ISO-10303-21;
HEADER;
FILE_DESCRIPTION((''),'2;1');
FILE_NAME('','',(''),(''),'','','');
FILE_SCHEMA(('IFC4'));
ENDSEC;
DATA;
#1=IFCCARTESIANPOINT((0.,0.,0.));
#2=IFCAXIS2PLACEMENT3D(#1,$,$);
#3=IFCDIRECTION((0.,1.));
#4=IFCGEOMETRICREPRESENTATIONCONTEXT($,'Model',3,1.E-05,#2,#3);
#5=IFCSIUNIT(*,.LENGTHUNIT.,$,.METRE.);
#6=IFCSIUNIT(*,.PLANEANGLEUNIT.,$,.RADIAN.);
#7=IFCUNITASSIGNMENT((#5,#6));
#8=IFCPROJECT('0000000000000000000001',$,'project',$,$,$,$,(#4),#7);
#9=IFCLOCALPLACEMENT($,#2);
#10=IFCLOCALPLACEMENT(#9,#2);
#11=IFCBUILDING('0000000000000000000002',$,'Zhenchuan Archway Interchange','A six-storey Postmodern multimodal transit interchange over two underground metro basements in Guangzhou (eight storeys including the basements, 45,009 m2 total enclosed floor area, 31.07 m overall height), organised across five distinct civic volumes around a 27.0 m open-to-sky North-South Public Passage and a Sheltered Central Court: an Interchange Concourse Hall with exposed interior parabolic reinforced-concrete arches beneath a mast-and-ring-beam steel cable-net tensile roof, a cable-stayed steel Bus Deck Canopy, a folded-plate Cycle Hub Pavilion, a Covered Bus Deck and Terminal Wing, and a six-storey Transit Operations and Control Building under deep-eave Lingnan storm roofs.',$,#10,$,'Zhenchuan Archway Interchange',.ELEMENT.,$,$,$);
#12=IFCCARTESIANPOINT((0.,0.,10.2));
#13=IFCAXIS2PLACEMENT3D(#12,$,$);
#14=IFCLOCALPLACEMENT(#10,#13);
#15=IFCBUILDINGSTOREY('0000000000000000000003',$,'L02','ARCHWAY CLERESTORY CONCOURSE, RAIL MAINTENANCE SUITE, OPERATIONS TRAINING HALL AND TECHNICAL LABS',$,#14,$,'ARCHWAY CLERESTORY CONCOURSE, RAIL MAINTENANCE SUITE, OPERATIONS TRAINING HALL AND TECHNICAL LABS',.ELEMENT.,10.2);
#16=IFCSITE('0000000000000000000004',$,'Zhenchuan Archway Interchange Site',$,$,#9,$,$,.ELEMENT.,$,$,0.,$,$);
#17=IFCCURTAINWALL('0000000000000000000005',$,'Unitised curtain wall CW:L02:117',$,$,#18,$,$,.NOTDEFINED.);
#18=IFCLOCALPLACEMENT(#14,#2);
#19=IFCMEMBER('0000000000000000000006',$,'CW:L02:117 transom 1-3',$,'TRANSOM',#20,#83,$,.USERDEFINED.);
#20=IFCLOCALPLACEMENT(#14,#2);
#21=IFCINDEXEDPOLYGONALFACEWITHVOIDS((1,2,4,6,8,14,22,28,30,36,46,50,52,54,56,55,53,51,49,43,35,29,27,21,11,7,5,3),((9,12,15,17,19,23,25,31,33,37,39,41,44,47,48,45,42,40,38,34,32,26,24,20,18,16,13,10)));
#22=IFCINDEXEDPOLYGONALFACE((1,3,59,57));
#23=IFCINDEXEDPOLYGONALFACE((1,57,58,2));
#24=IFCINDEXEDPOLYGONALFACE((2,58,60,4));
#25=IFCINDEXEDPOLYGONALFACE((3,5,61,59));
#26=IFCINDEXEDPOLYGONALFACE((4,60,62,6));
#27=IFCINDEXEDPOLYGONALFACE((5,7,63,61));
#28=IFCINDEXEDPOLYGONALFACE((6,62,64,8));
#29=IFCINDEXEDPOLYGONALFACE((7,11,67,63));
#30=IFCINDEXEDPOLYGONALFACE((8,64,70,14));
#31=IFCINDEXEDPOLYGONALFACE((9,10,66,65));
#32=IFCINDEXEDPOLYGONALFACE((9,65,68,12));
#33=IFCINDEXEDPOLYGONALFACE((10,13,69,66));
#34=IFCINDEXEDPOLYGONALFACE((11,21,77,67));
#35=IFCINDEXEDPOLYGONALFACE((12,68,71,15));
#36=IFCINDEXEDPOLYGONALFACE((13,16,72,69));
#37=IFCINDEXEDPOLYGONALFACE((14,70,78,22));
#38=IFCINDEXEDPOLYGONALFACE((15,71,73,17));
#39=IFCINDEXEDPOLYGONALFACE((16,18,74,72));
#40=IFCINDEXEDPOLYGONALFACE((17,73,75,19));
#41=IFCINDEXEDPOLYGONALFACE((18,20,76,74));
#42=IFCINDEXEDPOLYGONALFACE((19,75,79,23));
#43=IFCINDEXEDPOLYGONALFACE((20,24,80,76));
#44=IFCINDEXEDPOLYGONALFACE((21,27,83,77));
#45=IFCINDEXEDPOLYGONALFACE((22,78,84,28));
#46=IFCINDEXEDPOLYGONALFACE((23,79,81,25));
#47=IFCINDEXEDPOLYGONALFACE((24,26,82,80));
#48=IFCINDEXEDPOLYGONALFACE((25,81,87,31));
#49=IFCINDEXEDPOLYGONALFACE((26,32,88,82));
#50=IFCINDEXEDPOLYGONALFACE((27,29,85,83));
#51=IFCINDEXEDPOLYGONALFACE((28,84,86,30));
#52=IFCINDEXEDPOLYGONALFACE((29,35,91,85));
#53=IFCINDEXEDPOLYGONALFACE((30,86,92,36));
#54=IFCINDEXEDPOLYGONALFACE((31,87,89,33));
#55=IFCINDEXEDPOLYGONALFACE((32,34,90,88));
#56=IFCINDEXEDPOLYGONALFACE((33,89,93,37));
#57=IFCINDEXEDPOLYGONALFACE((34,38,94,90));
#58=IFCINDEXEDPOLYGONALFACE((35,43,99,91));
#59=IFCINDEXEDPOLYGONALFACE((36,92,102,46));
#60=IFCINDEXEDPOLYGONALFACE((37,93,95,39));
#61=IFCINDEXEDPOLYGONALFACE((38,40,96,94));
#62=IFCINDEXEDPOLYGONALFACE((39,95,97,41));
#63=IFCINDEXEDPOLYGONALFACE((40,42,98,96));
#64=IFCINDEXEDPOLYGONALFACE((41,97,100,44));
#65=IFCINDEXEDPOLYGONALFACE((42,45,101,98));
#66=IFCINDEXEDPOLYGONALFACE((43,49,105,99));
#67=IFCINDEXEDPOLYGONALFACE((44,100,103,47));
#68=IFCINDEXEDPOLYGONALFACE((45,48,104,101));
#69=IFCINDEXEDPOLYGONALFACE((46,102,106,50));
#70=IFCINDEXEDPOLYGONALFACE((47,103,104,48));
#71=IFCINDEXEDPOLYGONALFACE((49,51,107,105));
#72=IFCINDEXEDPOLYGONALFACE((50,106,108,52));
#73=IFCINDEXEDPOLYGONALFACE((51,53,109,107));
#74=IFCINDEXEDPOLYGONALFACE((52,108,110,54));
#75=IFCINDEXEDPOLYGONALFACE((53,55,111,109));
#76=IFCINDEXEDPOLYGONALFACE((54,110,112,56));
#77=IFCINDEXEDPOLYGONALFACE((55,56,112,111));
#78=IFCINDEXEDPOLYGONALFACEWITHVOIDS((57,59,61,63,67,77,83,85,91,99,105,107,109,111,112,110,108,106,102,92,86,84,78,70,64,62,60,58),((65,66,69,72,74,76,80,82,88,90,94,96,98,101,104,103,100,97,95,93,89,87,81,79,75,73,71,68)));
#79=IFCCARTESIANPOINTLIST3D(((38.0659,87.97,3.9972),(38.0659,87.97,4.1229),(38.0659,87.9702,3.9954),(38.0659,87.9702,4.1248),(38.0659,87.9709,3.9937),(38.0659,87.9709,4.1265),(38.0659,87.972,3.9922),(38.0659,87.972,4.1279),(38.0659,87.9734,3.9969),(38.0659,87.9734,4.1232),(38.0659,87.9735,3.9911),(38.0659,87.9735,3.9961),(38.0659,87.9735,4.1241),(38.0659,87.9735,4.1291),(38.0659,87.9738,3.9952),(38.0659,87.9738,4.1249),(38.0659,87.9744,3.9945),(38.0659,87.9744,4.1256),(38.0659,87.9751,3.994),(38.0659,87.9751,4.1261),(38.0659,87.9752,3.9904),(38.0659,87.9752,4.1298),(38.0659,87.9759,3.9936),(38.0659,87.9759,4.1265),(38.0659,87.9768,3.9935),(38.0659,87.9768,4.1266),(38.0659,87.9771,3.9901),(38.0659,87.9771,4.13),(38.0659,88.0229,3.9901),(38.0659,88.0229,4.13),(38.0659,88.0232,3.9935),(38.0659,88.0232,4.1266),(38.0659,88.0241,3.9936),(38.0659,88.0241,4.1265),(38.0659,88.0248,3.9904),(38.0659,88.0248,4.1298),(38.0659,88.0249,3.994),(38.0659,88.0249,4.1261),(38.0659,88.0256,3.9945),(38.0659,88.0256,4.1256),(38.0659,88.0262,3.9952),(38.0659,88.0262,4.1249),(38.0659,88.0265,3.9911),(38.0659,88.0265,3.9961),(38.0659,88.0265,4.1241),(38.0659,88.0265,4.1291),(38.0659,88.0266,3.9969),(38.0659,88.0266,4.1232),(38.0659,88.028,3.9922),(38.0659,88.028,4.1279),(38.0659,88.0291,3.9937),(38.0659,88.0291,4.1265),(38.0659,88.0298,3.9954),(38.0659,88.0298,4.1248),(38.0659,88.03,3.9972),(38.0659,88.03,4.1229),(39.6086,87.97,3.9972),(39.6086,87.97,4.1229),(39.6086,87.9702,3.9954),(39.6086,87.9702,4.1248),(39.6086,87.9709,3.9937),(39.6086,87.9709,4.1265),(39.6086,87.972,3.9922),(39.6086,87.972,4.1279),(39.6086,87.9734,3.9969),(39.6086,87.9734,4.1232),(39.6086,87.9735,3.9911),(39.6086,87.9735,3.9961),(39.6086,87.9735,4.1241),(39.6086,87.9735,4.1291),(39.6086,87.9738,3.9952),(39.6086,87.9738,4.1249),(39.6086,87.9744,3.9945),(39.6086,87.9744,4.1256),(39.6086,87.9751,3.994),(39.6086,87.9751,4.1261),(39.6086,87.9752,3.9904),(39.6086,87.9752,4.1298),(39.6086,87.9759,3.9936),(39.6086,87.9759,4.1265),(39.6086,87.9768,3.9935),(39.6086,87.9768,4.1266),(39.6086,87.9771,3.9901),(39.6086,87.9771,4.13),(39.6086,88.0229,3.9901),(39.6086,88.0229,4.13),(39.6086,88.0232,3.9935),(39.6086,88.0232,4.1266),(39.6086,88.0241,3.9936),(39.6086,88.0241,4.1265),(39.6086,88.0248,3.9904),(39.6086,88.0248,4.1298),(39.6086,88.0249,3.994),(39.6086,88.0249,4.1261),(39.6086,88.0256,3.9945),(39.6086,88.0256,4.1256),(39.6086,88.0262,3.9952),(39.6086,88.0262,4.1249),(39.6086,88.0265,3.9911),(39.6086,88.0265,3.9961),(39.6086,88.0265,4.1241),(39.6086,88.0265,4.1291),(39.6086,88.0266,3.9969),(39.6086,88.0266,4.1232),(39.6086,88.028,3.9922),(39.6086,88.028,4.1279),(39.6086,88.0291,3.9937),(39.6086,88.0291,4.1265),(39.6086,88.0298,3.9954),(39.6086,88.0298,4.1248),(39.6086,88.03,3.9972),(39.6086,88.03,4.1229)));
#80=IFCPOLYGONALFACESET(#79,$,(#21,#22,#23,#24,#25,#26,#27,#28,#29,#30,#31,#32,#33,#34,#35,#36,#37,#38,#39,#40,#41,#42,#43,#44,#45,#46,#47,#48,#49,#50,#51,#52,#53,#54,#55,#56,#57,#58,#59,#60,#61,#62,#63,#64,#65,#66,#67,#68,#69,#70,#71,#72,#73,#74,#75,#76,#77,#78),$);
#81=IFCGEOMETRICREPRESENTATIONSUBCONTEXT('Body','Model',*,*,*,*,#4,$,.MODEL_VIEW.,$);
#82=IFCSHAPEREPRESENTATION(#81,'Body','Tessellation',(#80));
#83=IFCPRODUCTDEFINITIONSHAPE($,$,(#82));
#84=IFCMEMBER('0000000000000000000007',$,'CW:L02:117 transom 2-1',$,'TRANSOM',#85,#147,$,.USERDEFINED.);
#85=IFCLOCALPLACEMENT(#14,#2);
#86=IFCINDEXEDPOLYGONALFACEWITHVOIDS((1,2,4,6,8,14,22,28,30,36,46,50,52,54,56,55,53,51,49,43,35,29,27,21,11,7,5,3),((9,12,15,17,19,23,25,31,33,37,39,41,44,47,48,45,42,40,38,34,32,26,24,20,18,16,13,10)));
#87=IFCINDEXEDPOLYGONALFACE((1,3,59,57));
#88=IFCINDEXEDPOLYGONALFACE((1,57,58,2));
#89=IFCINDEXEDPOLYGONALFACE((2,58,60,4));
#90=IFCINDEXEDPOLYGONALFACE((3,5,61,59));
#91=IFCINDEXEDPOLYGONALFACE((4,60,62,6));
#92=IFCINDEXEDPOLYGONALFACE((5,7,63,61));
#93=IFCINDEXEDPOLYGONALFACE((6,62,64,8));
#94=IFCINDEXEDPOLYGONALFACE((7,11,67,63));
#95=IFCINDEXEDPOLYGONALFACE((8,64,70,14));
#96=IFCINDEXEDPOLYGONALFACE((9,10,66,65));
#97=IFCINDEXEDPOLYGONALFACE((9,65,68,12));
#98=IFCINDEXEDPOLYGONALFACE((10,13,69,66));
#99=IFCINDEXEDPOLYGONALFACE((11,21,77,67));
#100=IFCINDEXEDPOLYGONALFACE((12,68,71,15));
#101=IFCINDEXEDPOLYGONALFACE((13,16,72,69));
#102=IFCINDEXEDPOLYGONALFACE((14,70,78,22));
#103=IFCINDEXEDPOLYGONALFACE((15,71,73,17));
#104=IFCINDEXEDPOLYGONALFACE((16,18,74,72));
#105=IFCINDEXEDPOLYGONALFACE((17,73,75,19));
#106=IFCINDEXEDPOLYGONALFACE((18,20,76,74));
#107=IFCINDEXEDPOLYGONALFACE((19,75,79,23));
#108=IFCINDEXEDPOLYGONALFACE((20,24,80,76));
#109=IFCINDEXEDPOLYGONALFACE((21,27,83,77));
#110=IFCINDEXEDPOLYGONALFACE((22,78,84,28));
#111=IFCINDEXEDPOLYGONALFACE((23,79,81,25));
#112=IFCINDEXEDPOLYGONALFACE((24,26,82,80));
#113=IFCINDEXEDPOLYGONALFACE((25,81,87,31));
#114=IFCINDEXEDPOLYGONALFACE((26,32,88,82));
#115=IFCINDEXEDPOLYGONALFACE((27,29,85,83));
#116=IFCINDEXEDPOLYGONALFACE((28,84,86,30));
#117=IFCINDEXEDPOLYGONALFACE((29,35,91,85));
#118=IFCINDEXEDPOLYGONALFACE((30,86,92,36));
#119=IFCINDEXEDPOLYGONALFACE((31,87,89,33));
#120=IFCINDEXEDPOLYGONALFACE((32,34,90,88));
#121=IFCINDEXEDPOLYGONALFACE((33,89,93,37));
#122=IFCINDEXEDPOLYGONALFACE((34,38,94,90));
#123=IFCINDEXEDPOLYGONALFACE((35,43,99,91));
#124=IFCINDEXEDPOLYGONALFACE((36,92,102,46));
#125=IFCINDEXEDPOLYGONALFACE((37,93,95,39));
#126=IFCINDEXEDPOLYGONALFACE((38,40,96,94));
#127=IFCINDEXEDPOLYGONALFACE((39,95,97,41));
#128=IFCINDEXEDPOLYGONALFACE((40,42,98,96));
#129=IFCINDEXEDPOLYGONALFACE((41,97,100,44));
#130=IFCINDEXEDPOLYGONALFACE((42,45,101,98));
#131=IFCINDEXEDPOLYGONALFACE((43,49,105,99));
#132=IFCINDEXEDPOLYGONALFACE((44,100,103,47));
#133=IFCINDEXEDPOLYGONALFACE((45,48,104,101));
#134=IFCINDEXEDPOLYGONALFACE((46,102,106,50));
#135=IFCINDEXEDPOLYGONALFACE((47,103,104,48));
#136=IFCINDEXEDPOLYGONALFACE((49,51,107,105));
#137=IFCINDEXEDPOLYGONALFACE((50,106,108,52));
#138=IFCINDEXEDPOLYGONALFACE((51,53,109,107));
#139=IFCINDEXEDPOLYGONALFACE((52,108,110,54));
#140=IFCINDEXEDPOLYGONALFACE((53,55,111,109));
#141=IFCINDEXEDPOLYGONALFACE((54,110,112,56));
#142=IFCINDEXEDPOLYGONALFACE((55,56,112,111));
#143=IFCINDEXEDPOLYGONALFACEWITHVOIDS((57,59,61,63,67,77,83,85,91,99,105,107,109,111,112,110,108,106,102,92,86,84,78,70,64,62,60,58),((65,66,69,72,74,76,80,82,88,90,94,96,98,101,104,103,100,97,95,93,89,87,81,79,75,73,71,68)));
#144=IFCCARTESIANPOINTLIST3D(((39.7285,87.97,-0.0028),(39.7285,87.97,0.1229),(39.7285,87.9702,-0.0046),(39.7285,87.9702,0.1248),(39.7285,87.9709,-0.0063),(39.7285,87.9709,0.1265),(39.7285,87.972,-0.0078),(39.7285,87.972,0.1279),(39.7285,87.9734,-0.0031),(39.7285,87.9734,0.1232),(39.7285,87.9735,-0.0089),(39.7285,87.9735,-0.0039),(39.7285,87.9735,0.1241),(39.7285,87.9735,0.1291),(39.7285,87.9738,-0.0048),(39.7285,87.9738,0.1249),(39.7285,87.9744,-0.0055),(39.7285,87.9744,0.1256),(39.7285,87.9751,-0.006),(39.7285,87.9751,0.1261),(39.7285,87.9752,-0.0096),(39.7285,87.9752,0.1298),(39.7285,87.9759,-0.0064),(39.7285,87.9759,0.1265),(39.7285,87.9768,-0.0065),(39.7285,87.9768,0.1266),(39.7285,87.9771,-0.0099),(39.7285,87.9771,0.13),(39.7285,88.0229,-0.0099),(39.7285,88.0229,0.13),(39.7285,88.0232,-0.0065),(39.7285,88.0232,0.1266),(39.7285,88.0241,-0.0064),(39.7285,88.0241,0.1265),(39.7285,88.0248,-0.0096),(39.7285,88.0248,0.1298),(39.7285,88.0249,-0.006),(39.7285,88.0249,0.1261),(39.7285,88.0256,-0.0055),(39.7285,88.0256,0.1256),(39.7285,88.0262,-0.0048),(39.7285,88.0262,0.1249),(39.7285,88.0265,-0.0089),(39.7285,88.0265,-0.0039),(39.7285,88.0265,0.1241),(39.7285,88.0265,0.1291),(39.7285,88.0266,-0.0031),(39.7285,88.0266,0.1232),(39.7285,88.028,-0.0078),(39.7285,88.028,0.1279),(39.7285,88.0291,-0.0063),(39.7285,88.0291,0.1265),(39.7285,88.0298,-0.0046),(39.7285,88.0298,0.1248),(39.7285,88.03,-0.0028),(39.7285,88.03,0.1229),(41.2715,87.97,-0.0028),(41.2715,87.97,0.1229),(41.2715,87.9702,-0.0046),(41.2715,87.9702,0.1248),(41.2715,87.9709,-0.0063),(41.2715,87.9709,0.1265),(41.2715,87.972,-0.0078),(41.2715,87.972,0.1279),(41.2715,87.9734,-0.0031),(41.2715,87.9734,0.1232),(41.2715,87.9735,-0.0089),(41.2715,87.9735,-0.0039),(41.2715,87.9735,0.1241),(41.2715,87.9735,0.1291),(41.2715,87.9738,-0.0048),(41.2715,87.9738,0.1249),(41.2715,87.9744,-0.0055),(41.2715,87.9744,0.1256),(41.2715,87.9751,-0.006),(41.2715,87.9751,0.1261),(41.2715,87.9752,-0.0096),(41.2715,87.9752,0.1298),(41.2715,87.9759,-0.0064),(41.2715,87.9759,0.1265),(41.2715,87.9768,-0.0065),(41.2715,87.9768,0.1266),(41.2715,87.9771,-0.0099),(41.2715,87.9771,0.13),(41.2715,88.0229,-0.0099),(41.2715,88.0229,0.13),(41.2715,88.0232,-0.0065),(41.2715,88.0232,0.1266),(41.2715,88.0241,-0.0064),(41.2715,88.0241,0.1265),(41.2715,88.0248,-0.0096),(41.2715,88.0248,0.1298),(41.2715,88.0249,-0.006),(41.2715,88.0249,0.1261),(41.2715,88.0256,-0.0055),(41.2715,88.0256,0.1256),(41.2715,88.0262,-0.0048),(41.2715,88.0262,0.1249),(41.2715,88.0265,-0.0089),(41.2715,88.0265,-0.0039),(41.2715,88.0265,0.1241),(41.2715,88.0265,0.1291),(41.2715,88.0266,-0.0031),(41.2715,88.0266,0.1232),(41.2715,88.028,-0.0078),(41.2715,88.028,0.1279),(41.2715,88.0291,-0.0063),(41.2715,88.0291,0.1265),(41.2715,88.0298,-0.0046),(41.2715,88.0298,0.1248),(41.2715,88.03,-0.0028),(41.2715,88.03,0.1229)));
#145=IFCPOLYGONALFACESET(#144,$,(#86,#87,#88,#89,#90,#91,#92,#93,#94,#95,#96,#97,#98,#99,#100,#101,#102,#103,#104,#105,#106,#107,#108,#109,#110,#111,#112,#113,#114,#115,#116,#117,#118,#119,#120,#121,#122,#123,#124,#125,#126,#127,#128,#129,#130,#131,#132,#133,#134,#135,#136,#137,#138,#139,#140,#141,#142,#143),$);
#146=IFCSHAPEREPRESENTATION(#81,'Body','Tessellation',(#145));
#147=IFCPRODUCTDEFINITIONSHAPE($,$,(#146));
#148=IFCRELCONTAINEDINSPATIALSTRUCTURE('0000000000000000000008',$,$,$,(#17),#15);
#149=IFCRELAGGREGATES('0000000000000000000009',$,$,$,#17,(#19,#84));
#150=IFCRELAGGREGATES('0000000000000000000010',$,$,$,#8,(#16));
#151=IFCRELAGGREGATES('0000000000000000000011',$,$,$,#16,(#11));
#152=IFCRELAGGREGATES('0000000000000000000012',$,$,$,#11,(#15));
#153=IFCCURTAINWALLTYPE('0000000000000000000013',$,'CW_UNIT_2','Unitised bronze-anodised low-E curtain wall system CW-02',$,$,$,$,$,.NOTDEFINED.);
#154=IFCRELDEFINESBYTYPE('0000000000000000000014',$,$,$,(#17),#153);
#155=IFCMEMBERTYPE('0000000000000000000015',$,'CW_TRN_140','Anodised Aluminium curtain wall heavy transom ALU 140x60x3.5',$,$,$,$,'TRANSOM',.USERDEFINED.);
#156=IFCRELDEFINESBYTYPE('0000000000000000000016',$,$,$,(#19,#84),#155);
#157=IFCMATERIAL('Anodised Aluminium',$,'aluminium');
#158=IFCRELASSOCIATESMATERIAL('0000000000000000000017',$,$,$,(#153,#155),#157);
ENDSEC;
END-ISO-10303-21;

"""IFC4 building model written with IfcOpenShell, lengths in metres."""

from ifc_helpers import new_model, si_unit, direction, frame, origin, origin_2d, place, context, subcontext, project, spatial, hollow_rectangle, extrude, material, material_profile, profile_set, type_object, element, aggregate, save


model = new_model("IFC4")

# Units and contexts
model_context = context("Model", 3, precision=1e-05, world=origin(), true_north=direction((0.0, 1.0)))
body_context = subcontext(model_context, "Body", "Model", "MODEL_VIEW")
ifc_project = project(units=[si_unit("LENGTHUNIT", "METRE"), si_unit("PLANEANGLEUNIT", "RADIAN")], contexts=[model_context])

# Site, building, storey
site_placement = place(None, origin())
site = spatial("IfcSite", under=ifc_project, at=site_placement, Name="Zhenchuan Archway Interchange Site", CompositionType="ELEMENT", RefElevation=0.0)
building_placement = place(site_placement, origin())
building = spatial("IfcBuilding", under=site, at=building_placement, Name="Zhenchuan Archway Interchange", Description="A six-storey Postmodern multimodal transit interchange over two underground metro basements in Guangzhou (eight storeys including the basements, 45,009 m2 total enclosed floor area, 31.07 m overall height), organised across five distinct civic volumes around a 27.0 m open-to-sky North-South Public Passage and a Sheltered Central Court: an Interchange Concourse Hall with exposed interior parabolic reinforced-concrete arches beneath a mast-and-ring-beam steel cable-net tensile roof, a cable-stayed steel Bus Deck Canopy, a folded-plate Cycle Hub Pavilion, a Covered Bus Deck and Terminal Wing, and a six-storey Transit Operations and Control Building under deep-eave Lingnan storm roofs.", LongName="Zhenchuan Archway Interchange", CompositionType="ELEMENT")
storey_placement = place(building_placement, frame((0.0, 0.0, 10.2)))
storey = spatial("IfcBuildingStorey", under=building, at=storey_placement, Name="L02", Description="ARCHWAY CLERESTORY CONCOURSE, RAIL MAINTENANCE SUITE, OPERATIONS TRAINING HALL AND TECHNICAL LABS", LongName="ARCHWAY CLERESTORY CONCOURSE, RAIL MAINTENANCE SUITE, OPERATIONS TRAINING HALL AND TECHNICAL LABS", CompositionType="ELEMENT", Elevation=10.2)

# Curtain wall, members
ifc_material_1 = material(Name="Anodised Aluminium", Category="aluminium")
curtain_wall_type = type_object("IfcCurtainWallType", Name="CW_UNIT_2", Description="Unitised bronze-anodised low-E curtain wall system CW-02", PredefinedType="NOTDEFINED", material=ifc_material_1)
curtain_wall_placement = place(storey_placement, origin())
curtain_wall = element("IfcCurtainWall", 1, at=curtain_wall_placement, inside=storey, type_object=curtain_wall_type, Name="Unitised curtain wall CW:L02:117", PredefinedType="NOTDEFINED")
ifc_material_profile_1 = material_profile(ifc_material_1, hollow_rectangle(XDim=0.0601, YDim=0.1399, WallThickness=0.0034, InnerFilletRadius=0.0034, OuterFilletRadius=0.0071, at=origin_2d()), Name="ALU 140x60x3.5")
ifc_profile_set_1 = profile_set([ifc_material_profile_1], Name="Anodised Aluminium")
member_type_1 = type_object("IfcMemberType", Name="CW_TRN_140", Description="Anodised Aluminium curtain wall heavy transom ALU 140x60x3.5", ElementType="TRANSOM", PredefinedType="USERDEFINED", material=ifc_profile_set_1)
member_1_placement = place(storey_placement, frame((38.0659, 88.0, 4.0601), z_axis=(1.0, 0.0, 0.0), x_axis=(0.0, 1.0, 0.0)))
member_1 = element("IfcMember", 2, at=member_1_placement, type_object=member_type_1, Name="CW:L02:117 transom 1-3", ObjectType="TRANSOM", PredefinedType="USERDEFINED", context=body_context, shape_type="SweptSolid", body=[
    extrude(hollow_rectangle(XDim=0.0601, YDim=0.1399, WallThickness=0.0034, InnerFilletRadius=0.0034, OuterFilletRadius=0.0071, at=origin_2d()), origin(), (0.0, 0.0, 1.0), 1.5427),
])
member_2_placement = place(storey_placement, frame((39.7285, 88.0, 0.0601), z_axis=(1.0, 0.0, 0.0), x_axis=(0.0, 1.0, 0.0)))
member_2 = element("IfcMember", 3, at=member_2_placement, type_object=member_type_1, Name="CW:L02:117 transom 2-1", ObjectType="TRANSOM", PredefinedType="USERDEFINED", context=body_context, shape_type="SweptSolid", body=[
    extrude(hollow_rectangle(XDim=0.0601, YDim=0.1399, WallThickness=0.0034, InnerFilletRadius=0.0034, OuterFilletRadius=0.0071, at=origin_2d()), origin(), (0.0, 0.0, 1.0), 1.543),
])
aggregate(curtain_wall, [member_1, member_2])

save(model, "model.ifc")
